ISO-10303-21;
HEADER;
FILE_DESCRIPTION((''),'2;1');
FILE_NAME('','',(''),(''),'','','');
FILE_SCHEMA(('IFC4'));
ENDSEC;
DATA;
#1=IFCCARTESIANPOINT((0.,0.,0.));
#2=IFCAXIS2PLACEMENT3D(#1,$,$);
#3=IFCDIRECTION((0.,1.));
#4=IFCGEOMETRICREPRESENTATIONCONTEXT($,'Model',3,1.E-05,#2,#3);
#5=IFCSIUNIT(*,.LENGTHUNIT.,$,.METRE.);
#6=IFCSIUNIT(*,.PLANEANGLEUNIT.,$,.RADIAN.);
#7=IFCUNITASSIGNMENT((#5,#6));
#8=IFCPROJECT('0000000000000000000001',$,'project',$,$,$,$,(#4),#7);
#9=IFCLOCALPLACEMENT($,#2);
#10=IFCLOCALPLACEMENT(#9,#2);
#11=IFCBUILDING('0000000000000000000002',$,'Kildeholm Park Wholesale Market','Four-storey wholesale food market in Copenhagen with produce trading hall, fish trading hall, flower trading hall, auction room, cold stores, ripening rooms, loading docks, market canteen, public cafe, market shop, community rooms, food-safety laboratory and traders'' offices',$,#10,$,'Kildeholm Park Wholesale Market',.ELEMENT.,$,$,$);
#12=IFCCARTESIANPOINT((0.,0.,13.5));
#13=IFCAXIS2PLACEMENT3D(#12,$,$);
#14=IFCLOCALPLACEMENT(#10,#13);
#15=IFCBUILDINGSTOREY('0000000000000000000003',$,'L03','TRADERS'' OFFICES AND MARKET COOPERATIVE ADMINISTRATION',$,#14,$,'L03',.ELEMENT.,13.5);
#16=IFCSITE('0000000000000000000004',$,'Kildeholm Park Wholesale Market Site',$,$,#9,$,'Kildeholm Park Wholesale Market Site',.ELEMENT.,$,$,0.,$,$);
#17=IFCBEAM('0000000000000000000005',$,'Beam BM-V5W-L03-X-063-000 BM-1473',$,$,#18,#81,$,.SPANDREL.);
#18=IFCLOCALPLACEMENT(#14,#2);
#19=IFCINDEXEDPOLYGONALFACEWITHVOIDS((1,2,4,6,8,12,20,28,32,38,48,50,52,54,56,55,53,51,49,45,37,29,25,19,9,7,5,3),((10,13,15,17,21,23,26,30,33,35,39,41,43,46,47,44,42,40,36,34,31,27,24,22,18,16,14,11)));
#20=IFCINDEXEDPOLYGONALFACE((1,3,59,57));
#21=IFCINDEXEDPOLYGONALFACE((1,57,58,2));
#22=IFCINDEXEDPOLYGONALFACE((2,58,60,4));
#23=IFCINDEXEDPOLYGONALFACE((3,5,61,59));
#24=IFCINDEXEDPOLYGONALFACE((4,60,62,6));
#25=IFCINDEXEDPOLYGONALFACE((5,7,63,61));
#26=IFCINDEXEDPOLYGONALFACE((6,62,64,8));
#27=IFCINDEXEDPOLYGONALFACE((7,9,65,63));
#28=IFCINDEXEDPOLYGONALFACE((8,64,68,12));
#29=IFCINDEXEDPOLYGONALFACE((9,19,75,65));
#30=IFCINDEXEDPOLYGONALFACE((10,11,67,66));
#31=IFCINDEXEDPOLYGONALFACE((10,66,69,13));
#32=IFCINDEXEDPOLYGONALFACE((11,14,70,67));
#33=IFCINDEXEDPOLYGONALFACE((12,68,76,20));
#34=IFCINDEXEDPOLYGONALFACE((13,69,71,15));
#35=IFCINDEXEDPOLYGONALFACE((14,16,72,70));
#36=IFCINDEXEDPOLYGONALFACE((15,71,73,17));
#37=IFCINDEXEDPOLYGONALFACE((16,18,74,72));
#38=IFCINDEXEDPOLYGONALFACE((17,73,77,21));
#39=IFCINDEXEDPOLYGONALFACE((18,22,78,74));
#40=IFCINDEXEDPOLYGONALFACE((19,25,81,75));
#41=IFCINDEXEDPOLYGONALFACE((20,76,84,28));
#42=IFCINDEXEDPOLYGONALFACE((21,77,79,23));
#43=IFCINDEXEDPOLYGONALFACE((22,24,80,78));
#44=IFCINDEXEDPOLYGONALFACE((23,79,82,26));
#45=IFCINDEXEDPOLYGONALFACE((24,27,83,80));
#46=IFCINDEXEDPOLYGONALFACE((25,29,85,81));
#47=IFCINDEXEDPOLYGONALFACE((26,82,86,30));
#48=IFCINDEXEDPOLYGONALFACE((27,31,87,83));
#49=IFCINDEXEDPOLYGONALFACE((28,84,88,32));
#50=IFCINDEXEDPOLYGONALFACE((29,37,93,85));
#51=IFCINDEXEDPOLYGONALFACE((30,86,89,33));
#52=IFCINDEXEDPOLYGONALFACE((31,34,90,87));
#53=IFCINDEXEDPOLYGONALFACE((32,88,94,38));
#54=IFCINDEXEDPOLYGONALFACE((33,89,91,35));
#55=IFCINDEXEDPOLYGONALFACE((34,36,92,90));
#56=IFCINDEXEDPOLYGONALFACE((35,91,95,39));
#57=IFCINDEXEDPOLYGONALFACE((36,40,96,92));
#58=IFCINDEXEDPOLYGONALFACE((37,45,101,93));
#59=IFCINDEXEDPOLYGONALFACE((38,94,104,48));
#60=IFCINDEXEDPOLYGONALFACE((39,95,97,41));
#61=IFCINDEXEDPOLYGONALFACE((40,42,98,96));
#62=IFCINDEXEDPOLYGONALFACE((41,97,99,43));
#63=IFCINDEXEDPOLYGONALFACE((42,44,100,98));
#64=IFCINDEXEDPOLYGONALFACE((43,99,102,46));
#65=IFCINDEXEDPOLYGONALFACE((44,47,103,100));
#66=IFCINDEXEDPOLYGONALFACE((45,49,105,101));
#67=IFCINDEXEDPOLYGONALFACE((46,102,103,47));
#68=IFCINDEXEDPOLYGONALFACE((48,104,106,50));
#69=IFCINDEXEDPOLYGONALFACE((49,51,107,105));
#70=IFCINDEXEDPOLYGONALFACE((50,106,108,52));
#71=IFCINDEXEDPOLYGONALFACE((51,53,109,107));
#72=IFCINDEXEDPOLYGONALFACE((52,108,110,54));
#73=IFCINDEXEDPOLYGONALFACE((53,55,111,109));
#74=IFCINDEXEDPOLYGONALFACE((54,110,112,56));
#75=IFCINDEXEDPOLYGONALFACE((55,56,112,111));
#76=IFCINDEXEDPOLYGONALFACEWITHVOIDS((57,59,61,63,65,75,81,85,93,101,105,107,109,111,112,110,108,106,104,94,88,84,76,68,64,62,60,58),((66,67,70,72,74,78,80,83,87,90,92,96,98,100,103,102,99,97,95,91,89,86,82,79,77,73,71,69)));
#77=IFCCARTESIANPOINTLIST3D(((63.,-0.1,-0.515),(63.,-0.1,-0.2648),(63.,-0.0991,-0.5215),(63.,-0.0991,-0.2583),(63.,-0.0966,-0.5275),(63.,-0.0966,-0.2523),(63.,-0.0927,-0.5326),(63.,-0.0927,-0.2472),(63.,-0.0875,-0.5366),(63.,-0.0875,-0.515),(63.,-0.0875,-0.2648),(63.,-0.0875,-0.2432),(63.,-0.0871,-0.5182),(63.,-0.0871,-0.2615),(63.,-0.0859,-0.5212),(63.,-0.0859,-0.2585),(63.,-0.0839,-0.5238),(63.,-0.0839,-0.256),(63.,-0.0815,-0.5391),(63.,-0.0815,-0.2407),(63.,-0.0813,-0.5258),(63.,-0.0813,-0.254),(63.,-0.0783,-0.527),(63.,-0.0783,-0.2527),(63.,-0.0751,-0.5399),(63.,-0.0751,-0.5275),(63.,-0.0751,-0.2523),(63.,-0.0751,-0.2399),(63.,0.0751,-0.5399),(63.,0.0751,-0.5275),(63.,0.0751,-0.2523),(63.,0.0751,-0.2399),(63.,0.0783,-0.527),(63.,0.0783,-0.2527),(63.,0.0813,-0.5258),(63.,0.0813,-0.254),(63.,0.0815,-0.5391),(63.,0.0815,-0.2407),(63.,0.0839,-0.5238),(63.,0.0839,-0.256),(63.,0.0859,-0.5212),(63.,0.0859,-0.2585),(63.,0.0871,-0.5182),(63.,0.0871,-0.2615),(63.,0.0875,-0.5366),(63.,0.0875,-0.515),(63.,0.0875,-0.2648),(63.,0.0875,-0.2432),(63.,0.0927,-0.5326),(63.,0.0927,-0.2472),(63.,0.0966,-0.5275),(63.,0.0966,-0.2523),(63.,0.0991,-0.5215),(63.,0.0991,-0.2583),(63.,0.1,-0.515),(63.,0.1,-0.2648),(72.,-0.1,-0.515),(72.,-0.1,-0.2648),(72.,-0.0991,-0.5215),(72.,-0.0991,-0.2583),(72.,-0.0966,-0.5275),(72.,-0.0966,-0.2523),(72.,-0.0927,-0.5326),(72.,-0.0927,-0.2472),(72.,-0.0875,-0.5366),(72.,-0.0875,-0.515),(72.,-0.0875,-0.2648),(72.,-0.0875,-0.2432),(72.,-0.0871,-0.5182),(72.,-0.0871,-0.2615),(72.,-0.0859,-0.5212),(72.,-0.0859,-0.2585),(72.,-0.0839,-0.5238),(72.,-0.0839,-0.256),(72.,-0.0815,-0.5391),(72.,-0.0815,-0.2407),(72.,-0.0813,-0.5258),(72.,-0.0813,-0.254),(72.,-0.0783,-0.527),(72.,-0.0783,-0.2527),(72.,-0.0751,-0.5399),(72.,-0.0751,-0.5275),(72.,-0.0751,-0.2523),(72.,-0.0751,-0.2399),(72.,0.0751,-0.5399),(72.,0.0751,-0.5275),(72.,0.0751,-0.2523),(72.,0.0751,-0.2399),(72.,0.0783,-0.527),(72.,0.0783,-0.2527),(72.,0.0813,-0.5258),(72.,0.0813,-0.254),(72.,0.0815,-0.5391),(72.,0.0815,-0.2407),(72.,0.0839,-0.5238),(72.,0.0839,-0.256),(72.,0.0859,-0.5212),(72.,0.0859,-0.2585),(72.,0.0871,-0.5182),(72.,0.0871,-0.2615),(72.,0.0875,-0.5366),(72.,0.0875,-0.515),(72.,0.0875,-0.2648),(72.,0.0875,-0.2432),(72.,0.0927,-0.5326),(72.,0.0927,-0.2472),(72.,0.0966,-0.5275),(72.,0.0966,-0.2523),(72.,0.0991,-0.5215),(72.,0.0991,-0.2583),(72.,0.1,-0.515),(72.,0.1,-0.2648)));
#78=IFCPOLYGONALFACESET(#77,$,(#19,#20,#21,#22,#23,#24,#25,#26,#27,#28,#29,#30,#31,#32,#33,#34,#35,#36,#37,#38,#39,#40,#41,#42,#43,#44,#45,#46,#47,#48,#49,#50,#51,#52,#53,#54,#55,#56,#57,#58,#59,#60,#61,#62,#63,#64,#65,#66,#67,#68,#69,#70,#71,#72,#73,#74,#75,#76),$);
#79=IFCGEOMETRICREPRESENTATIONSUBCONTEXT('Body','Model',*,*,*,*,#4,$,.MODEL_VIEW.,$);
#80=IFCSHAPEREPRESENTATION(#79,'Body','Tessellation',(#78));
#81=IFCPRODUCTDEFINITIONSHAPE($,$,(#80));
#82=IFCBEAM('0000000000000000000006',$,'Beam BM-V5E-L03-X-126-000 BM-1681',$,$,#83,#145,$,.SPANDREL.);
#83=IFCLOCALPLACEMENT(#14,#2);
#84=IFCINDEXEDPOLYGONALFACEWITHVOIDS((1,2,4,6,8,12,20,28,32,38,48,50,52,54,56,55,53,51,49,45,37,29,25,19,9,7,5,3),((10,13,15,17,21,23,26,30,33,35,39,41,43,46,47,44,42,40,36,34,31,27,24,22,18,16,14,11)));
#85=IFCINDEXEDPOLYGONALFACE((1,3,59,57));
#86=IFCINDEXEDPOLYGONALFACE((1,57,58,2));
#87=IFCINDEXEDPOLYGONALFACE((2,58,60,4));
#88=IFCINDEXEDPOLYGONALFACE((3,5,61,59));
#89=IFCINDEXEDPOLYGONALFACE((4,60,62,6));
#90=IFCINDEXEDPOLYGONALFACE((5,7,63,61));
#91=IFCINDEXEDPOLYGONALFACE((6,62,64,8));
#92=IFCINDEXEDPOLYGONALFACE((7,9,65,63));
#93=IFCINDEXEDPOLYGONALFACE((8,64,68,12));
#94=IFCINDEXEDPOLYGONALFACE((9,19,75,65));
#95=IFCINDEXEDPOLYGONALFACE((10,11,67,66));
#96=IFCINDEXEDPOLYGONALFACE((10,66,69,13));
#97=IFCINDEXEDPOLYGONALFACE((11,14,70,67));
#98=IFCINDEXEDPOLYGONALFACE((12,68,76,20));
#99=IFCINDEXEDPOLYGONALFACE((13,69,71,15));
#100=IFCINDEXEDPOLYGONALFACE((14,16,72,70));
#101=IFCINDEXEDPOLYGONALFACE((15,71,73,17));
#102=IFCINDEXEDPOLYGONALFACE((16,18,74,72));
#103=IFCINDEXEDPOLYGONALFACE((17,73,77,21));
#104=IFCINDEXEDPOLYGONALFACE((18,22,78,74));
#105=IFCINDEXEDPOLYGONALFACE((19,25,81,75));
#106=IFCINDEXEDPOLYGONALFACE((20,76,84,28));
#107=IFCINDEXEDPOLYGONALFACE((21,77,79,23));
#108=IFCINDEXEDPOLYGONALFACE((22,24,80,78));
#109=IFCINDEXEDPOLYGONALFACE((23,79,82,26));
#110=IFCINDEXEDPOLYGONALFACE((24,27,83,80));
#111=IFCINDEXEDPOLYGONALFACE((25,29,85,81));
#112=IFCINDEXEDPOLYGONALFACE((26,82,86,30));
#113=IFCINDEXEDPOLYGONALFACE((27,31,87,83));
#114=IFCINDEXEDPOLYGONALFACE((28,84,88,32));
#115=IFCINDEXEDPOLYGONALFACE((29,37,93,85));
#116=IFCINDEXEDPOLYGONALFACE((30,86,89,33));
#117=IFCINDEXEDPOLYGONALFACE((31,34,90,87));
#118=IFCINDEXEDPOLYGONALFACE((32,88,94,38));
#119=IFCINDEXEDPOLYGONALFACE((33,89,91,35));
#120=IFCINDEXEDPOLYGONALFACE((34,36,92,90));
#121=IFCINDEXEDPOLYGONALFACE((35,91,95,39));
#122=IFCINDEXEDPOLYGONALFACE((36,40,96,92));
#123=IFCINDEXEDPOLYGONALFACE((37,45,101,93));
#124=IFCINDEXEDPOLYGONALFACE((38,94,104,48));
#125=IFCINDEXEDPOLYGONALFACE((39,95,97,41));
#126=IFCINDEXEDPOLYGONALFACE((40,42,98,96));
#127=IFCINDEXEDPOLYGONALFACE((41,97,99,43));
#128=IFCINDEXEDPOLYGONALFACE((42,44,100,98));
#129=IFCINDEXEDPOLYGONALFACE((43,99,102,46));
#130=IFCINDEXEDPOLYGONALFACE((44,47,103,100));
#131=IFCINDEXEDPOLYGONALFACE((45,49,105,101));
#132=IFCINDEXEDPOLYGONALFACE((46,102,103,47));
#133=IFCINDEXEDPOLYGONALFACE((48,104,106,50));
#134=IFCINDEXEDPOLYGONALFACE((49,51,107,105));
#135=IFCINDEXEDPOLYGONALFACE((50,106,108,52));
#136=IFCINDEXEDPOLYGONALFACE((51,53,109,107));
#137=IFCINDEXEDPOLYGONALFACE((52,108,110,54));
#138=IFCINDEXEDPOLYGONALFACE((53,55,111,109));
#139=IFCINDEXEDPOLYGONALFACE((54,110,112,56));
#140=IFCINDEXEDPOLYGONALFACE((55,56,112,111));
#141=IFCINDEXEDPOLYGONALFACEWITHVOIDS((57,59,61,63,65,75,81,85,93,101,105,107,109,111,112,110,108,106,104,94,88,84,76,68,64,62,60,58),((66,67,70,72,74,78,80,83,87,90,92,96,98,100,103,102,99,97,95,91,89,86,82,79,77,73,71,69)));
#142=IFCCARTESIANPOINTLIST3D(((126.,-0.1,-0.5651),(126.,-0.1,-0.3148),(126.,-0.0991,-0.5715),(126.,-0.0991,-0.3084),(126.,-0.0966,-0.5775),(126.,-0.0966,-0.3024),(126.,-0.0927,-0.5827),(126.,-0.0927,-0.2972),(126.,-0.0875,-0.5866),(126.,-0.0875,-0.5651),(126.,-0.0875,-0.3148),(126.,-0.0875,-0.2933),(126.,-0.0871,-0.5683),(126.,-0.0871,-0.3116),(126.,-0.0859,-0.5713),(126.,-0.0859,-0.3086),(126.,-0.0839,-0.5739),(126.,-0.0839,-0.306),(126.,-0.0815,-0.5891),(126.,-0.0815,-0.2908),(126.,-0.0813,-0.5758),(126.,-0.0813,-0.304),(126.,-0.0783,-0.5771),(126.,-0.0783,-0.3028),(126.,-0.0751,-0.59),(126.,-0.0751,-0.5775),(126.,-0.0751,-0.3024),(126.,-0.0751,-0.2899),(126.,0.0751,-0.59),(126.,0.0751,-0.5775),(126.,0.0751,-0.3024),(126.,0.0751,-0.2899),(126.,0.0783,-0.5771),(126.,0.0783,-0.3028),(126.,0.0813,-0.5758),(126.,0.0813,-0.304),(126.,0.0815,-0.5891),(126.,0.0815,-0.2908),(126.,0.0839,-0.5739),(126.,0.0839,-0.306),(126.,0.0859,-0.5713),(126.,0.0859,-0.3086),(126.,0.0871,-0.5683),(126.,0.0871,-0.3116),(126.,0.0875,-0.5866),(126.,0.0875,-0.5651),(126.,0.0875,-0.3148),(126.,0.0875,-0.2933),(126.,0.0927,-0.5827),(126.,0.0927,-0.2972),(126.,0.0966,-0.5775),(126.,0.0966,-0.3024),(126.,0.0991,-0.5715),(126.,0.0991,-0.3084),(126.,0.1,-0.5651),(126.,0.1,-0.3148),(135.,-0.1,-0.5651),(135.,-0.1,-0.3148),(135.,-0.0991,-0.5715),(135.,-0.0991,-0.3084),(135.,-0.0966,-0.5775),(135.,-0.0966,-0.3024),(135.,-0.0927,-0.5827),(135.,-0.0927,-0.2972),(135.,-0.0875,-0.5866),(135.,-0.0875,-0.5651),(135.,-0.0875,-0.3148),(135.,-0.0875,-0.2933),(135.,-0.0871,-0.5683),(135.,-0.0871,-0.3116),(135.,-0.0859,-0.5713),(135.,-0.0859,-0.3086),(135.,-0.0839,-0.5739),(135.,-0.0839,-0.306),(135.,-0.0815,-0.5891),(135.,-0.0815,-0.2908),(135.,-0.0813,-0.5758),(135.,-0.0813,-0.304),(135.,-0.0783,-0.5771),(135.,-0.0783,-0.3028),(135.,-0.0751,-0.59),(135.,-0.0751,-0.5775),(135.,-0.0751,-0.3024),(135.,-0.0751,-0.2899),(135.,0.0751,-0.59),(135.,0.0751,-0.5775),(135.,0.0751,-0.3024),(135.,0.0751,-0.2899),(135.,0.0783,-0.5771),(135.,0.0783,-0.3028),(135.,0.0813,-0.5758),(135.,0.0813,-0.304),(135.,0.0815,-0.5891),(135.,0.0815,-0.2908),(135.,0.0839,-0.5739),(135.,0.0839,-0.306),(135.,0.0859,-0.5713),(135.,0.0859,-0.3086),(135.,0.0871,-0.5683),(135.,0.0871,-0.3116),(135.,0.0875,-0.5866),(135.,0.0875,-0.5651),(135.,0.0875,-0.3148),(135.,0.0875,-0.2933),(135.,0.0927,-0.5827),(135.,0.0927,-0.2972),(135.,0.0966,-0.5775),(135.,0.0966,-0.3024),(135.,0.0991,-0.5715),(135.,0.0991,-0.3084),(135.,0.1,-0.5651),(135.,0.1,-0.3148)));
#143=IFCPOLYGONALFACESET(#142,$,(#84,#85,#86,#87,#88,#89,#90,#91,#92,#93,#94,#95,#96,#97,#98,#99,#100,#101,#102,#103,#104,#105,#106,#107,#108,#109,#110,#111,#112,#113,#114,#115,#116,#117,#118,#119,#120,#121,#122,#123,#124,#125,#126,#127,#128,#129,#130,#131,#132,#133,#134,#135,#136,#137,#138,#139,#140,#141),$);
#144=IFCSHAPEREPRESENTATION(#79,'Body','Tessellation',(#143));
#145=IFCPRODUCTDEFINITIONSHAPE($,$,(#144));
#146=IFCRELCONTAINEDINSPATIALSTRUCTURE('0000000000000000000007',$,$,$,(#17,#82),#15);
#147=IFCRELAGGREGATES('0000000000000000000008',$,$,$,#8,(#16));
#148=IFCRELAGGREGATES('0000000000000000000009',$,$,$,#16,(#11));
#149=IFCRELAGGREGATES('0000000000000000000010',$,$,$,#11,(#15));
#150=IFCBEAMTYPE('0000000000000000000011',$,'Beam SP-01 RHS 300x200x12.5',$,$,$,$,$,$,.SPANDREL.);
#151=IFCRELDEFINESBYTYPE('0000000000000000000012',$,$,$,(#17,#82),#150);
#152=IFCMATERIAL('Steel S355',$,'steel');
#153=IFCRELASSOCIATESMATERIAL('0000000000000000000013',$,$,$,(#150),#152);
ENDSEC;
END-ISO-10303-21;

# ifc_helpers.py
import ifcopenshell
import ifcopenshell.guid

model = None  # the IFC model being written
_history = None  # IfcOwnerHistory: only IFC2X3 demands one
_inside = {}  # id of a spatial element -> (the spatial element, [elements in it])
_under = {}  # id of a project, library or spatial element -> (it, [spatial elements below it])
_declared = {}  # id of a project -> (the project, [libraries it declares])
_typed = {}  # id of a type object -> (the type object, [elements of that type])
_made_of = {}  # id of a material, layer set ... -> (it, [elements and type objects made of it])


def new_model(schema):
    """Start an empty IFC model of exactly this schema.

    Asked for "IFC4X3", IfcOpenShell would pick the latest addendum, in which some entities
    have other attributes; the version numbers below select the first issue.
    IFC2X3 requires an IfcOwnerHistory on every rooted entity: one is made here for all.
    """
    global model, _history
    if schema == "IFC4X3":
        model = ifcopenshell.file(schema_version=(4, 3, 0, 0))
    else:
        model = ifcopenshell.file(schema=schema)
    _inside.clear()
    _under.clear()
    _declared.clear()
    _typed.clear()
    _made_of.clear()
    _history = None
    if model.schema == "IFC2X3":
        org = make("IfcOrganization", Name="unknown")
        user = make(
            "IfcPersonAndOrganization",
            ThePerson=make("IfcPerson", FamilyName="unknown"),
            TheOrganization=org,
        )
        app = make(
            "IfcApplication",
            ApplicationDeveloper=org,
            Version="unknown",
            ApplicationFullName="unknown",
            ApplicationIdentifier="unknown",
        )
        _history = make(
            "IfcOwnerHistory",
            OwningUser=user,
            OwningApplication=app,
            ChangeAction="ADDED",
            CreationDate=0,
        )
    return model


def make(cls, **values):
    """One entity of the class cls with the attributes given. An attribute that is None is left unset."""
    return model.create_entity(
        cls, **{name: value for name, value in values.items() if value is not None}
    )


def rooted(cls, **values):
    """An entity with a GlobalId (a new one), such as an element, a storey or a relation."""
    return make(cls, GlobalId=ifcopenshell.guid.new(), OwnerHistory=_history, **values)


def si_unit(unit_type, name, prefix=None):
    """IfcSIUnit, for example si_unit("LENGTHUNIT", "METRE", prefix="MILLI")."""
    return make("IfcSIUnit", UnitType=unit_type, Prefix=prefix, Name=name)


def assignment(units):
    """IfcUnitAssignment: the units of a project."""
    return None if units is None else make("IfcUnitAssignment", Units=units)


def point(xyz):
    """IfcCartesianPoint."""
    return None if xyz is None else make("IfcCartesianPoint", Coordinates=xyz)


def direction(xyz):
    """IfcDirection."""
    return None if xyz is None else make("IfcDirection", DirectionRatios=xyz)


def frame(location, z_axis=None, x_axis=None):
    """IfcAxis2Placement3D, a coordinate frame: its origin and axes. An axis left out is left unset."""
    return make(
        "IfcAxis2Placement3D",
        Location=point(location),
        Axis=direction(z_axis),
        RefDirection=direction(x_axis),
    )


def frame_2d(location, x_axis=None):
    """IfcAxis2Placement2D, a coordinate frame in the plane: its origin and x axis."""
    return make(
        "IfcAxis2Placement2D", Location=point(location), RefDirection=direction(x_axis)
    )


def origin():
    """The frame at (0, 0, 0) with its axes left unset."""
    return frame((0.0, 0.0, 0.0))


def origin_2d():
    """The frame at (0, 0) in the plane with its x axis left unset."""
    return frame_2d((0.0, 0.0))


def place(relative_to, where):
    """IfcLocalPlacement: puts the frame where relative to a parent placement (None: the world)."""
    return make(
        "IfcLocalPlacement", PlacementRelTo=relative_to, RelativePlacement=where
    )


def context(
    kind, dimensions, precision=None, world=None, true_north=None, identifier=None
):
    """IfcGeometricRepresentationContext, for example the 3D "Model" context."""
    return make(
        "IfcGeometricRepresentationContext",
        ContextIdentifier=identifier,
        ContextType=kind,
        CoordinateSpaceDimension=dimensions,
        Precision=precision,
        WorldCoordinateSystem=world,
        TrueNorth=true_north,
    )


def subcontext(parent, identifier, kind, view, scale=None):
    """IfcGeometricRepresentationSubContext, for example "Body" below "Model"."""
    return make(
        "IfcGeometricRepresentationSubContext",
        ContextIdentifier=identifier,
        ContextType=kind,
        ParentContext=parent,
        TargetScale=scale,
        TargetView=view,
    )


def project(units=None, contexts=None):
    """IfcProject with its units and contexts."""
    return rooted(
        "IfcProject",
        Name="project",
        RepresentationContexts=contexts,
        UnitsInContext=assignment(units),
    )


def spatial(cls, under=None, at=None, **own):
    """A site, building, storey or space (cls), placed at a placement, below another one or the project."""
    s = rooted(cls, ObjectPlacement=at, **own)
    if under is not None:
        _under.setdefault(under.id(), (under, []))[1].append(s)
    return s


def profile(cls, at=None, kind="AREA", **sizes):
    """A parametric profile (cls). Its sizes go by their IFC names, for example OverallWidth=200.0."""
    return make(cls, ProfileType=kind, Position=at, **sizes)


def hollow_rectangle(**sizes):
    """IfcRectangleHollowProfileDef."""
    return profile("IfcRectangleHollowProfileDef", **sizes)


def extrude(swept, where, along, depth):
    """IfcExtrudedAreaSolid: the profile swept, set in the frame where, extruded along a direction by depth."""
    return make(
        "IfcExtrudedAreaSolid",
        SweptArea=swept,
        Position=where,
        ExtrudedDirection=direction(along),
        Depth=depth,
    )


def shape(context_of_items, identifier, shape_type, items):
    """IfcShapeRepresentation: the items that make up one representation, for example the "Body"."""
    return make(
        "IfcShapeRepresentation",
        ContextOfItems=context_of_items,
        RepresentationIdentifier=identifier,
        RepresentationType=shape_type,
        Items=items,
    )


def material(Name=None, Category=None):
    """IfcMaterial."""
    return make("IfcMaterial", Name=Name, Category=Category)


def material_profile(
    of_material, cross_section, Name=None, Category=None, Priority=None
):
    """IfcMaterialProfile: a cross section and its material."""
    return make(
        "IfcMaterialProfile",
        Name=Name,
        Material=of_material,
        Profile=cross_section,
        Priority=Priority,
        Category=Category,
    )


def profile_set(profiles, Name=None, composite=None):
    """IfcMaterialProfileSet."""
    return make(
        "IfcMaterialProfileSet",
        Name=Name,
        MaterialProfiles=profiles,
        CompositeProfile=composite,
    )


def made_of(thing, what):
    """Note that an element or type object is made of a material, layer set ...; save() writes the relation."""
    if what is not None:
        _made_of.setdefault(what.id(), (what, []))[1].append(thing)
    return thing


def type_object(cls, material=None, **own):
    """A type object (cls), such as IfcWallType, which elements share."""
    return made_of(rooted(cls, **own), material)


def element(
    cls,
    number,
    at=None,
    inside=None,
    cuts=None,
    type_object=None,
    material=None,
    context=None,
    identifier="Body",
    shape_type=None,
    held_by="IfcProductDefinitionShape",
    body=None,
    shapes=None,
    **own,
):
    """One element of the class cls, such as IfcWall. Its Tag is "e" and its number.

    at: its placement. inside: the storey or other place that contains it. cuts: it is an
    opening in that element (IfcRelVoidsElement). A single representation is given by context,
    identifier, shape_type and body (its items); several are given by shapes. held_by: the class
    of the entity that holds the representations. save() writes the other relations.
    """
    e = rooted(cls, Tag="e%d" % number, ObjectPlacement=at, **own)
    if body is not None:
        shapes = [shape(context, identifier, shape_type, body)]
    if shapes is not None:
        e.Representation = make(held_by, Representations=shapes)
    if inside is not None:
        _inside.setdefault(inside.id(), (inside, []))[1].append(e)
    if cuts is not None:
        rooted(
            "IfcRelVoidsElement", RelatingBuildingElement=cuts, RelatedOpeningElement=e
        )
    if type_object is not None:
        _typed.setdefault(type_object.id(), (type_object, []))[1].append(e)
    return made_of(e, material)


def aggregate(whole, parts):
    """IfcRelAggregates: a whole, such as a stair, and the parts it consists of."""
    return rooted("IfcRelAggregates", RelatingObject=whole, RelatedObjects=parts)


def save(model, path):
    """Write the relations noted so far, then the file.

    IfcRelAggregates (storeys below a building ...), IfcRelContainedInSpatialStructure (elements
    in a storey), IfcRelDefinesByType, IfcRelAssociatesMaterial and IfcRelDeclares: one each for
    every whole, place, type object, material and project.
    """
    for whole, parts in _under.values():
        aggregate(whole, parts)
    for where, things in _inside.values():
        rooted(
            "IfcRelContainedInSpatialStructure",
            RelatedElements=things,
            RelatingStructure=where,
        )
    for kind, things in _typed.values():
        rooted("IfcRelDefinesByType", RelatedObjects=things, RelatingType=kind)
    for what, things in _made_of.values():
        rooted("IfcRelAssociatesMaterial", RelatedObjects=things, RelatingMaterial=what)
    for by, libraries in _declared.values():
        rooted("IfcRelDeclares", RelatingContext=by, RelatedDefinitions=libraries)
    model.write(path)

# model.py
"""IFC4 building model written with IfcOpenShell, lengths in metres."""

from ifc_helpers import new_model, si_unit, direction, frame, origin, origin_2d, place, context, subcontext, project, spatial, hollow_rectangle, extrude, material, material_profile, profile_set, type_object, element, save


model = new_model("IFC4")

# Units and contexts
model_context = context("Model", 3, precision=1e-05, world=origin(), true_north=direction((0.0, 1.0)))
body_context = subcontext(model_context, "Body", "Model", "MODEL_VIEW")
ifc_project = project(units=[si_unit("LENGTHUNIT", "METRE"), si_unit("PLANEANGLEUNIT", "RADIAN")], contexts=[model_context])

# Site, building, storey
site_placement = place(None, origin())
site = spatial("IfcSite", under=ifc_project, at=site_placement, Name="Kildeholm Park Wholesale Market Site", LongName="Kildeholm Park Wholesale Market Site", CompositionType="ELEMENT", RefElevation=0.0)
building_placement = place(site_placement, origin())
building = spatial("IfcBuilding", under=site, at=building_placement, Name="Kildeholm Park Wholesale Market", Description="Four-storey wholesale food market in Copenhagen with produce trading hall, fish trading hall, flower trading hall, auction room, cold stores, ripening rooms, loading docks, market canteen, public cafe, market shop, community rooms, food-safety laboratory and traders' offices", LongName="Kildeholm Park Wholesale Market", CompositionType="ELEMENT")
storey_placement = place(building_placement, frame((0.0, 0.0, 13.5)))
storey = spatial("IfcBuildingStorey", under=building, at=storey_placement, Name="L03", Description="TRADERS' OFFICES AND MARKET COOPERATIVE ADMINISTRATION", LongName="L03", CompositionType="ELEMENT", Elevation=13.5)

# Shared definitions
ifc_material_1 = material(Name="Steel S355", Category="steel")

# Beams
ifc_material_profile_1 = material_profile(ifc_material_1, hollow_rectangle(XDim=0.2, YDim=0.3, WallThickness=0.0125, InnerFilletRadius=0.0125, OuterFilletRadius=0.0249, at=origin_2d()), Name="RHS 300x200x12.5")
ifc_profile_set_1 = profile_set([ifc_material_profile_1], Name="Steel S355")
beam_type_1 = type_object("IfcBeamType", Name="Beam SP-01 RHS 300x200x12.5", PredefinedType="SPANDREL", material=ifc_profile_set_1)
for number, where, z_axis, x_axis, name in (
    (1, (63.0, 0.0, -0.3899), (1.0, 0.0, 0.0), (0.0, 1.0, 0.0), "Beam BM-V5W-L03-X-063-000 BM-1473"),
    (2, (126.0, 0.0, -0.4399), (1.0, 0.0, 0.0), (0.0, 1.0, 0.0), "Beam BM-V5E-L03-X-126-000 BM-1681"),
):
    element("IfcBeam", number, at=place(storey_placement, frame(where, z_axis=z_axis, x_axis=x_axis)), inside=storey, type_object=beam_type_1, Name=name, PredefinedType="SPANDREL", context=body_context, shape_type="SweptSolid", body=[
        extrude(hollow_rectangle(XDim=0.2, YDim=0.3, WallThickness=0.0125, InnerFilletRadius=0.0125, OuterFilletRadius=0.0249, at=origin_2d()), origin(), (0.0, 0.0, 1.0), 9.0),
    ])

save(model, "model.ifc")
